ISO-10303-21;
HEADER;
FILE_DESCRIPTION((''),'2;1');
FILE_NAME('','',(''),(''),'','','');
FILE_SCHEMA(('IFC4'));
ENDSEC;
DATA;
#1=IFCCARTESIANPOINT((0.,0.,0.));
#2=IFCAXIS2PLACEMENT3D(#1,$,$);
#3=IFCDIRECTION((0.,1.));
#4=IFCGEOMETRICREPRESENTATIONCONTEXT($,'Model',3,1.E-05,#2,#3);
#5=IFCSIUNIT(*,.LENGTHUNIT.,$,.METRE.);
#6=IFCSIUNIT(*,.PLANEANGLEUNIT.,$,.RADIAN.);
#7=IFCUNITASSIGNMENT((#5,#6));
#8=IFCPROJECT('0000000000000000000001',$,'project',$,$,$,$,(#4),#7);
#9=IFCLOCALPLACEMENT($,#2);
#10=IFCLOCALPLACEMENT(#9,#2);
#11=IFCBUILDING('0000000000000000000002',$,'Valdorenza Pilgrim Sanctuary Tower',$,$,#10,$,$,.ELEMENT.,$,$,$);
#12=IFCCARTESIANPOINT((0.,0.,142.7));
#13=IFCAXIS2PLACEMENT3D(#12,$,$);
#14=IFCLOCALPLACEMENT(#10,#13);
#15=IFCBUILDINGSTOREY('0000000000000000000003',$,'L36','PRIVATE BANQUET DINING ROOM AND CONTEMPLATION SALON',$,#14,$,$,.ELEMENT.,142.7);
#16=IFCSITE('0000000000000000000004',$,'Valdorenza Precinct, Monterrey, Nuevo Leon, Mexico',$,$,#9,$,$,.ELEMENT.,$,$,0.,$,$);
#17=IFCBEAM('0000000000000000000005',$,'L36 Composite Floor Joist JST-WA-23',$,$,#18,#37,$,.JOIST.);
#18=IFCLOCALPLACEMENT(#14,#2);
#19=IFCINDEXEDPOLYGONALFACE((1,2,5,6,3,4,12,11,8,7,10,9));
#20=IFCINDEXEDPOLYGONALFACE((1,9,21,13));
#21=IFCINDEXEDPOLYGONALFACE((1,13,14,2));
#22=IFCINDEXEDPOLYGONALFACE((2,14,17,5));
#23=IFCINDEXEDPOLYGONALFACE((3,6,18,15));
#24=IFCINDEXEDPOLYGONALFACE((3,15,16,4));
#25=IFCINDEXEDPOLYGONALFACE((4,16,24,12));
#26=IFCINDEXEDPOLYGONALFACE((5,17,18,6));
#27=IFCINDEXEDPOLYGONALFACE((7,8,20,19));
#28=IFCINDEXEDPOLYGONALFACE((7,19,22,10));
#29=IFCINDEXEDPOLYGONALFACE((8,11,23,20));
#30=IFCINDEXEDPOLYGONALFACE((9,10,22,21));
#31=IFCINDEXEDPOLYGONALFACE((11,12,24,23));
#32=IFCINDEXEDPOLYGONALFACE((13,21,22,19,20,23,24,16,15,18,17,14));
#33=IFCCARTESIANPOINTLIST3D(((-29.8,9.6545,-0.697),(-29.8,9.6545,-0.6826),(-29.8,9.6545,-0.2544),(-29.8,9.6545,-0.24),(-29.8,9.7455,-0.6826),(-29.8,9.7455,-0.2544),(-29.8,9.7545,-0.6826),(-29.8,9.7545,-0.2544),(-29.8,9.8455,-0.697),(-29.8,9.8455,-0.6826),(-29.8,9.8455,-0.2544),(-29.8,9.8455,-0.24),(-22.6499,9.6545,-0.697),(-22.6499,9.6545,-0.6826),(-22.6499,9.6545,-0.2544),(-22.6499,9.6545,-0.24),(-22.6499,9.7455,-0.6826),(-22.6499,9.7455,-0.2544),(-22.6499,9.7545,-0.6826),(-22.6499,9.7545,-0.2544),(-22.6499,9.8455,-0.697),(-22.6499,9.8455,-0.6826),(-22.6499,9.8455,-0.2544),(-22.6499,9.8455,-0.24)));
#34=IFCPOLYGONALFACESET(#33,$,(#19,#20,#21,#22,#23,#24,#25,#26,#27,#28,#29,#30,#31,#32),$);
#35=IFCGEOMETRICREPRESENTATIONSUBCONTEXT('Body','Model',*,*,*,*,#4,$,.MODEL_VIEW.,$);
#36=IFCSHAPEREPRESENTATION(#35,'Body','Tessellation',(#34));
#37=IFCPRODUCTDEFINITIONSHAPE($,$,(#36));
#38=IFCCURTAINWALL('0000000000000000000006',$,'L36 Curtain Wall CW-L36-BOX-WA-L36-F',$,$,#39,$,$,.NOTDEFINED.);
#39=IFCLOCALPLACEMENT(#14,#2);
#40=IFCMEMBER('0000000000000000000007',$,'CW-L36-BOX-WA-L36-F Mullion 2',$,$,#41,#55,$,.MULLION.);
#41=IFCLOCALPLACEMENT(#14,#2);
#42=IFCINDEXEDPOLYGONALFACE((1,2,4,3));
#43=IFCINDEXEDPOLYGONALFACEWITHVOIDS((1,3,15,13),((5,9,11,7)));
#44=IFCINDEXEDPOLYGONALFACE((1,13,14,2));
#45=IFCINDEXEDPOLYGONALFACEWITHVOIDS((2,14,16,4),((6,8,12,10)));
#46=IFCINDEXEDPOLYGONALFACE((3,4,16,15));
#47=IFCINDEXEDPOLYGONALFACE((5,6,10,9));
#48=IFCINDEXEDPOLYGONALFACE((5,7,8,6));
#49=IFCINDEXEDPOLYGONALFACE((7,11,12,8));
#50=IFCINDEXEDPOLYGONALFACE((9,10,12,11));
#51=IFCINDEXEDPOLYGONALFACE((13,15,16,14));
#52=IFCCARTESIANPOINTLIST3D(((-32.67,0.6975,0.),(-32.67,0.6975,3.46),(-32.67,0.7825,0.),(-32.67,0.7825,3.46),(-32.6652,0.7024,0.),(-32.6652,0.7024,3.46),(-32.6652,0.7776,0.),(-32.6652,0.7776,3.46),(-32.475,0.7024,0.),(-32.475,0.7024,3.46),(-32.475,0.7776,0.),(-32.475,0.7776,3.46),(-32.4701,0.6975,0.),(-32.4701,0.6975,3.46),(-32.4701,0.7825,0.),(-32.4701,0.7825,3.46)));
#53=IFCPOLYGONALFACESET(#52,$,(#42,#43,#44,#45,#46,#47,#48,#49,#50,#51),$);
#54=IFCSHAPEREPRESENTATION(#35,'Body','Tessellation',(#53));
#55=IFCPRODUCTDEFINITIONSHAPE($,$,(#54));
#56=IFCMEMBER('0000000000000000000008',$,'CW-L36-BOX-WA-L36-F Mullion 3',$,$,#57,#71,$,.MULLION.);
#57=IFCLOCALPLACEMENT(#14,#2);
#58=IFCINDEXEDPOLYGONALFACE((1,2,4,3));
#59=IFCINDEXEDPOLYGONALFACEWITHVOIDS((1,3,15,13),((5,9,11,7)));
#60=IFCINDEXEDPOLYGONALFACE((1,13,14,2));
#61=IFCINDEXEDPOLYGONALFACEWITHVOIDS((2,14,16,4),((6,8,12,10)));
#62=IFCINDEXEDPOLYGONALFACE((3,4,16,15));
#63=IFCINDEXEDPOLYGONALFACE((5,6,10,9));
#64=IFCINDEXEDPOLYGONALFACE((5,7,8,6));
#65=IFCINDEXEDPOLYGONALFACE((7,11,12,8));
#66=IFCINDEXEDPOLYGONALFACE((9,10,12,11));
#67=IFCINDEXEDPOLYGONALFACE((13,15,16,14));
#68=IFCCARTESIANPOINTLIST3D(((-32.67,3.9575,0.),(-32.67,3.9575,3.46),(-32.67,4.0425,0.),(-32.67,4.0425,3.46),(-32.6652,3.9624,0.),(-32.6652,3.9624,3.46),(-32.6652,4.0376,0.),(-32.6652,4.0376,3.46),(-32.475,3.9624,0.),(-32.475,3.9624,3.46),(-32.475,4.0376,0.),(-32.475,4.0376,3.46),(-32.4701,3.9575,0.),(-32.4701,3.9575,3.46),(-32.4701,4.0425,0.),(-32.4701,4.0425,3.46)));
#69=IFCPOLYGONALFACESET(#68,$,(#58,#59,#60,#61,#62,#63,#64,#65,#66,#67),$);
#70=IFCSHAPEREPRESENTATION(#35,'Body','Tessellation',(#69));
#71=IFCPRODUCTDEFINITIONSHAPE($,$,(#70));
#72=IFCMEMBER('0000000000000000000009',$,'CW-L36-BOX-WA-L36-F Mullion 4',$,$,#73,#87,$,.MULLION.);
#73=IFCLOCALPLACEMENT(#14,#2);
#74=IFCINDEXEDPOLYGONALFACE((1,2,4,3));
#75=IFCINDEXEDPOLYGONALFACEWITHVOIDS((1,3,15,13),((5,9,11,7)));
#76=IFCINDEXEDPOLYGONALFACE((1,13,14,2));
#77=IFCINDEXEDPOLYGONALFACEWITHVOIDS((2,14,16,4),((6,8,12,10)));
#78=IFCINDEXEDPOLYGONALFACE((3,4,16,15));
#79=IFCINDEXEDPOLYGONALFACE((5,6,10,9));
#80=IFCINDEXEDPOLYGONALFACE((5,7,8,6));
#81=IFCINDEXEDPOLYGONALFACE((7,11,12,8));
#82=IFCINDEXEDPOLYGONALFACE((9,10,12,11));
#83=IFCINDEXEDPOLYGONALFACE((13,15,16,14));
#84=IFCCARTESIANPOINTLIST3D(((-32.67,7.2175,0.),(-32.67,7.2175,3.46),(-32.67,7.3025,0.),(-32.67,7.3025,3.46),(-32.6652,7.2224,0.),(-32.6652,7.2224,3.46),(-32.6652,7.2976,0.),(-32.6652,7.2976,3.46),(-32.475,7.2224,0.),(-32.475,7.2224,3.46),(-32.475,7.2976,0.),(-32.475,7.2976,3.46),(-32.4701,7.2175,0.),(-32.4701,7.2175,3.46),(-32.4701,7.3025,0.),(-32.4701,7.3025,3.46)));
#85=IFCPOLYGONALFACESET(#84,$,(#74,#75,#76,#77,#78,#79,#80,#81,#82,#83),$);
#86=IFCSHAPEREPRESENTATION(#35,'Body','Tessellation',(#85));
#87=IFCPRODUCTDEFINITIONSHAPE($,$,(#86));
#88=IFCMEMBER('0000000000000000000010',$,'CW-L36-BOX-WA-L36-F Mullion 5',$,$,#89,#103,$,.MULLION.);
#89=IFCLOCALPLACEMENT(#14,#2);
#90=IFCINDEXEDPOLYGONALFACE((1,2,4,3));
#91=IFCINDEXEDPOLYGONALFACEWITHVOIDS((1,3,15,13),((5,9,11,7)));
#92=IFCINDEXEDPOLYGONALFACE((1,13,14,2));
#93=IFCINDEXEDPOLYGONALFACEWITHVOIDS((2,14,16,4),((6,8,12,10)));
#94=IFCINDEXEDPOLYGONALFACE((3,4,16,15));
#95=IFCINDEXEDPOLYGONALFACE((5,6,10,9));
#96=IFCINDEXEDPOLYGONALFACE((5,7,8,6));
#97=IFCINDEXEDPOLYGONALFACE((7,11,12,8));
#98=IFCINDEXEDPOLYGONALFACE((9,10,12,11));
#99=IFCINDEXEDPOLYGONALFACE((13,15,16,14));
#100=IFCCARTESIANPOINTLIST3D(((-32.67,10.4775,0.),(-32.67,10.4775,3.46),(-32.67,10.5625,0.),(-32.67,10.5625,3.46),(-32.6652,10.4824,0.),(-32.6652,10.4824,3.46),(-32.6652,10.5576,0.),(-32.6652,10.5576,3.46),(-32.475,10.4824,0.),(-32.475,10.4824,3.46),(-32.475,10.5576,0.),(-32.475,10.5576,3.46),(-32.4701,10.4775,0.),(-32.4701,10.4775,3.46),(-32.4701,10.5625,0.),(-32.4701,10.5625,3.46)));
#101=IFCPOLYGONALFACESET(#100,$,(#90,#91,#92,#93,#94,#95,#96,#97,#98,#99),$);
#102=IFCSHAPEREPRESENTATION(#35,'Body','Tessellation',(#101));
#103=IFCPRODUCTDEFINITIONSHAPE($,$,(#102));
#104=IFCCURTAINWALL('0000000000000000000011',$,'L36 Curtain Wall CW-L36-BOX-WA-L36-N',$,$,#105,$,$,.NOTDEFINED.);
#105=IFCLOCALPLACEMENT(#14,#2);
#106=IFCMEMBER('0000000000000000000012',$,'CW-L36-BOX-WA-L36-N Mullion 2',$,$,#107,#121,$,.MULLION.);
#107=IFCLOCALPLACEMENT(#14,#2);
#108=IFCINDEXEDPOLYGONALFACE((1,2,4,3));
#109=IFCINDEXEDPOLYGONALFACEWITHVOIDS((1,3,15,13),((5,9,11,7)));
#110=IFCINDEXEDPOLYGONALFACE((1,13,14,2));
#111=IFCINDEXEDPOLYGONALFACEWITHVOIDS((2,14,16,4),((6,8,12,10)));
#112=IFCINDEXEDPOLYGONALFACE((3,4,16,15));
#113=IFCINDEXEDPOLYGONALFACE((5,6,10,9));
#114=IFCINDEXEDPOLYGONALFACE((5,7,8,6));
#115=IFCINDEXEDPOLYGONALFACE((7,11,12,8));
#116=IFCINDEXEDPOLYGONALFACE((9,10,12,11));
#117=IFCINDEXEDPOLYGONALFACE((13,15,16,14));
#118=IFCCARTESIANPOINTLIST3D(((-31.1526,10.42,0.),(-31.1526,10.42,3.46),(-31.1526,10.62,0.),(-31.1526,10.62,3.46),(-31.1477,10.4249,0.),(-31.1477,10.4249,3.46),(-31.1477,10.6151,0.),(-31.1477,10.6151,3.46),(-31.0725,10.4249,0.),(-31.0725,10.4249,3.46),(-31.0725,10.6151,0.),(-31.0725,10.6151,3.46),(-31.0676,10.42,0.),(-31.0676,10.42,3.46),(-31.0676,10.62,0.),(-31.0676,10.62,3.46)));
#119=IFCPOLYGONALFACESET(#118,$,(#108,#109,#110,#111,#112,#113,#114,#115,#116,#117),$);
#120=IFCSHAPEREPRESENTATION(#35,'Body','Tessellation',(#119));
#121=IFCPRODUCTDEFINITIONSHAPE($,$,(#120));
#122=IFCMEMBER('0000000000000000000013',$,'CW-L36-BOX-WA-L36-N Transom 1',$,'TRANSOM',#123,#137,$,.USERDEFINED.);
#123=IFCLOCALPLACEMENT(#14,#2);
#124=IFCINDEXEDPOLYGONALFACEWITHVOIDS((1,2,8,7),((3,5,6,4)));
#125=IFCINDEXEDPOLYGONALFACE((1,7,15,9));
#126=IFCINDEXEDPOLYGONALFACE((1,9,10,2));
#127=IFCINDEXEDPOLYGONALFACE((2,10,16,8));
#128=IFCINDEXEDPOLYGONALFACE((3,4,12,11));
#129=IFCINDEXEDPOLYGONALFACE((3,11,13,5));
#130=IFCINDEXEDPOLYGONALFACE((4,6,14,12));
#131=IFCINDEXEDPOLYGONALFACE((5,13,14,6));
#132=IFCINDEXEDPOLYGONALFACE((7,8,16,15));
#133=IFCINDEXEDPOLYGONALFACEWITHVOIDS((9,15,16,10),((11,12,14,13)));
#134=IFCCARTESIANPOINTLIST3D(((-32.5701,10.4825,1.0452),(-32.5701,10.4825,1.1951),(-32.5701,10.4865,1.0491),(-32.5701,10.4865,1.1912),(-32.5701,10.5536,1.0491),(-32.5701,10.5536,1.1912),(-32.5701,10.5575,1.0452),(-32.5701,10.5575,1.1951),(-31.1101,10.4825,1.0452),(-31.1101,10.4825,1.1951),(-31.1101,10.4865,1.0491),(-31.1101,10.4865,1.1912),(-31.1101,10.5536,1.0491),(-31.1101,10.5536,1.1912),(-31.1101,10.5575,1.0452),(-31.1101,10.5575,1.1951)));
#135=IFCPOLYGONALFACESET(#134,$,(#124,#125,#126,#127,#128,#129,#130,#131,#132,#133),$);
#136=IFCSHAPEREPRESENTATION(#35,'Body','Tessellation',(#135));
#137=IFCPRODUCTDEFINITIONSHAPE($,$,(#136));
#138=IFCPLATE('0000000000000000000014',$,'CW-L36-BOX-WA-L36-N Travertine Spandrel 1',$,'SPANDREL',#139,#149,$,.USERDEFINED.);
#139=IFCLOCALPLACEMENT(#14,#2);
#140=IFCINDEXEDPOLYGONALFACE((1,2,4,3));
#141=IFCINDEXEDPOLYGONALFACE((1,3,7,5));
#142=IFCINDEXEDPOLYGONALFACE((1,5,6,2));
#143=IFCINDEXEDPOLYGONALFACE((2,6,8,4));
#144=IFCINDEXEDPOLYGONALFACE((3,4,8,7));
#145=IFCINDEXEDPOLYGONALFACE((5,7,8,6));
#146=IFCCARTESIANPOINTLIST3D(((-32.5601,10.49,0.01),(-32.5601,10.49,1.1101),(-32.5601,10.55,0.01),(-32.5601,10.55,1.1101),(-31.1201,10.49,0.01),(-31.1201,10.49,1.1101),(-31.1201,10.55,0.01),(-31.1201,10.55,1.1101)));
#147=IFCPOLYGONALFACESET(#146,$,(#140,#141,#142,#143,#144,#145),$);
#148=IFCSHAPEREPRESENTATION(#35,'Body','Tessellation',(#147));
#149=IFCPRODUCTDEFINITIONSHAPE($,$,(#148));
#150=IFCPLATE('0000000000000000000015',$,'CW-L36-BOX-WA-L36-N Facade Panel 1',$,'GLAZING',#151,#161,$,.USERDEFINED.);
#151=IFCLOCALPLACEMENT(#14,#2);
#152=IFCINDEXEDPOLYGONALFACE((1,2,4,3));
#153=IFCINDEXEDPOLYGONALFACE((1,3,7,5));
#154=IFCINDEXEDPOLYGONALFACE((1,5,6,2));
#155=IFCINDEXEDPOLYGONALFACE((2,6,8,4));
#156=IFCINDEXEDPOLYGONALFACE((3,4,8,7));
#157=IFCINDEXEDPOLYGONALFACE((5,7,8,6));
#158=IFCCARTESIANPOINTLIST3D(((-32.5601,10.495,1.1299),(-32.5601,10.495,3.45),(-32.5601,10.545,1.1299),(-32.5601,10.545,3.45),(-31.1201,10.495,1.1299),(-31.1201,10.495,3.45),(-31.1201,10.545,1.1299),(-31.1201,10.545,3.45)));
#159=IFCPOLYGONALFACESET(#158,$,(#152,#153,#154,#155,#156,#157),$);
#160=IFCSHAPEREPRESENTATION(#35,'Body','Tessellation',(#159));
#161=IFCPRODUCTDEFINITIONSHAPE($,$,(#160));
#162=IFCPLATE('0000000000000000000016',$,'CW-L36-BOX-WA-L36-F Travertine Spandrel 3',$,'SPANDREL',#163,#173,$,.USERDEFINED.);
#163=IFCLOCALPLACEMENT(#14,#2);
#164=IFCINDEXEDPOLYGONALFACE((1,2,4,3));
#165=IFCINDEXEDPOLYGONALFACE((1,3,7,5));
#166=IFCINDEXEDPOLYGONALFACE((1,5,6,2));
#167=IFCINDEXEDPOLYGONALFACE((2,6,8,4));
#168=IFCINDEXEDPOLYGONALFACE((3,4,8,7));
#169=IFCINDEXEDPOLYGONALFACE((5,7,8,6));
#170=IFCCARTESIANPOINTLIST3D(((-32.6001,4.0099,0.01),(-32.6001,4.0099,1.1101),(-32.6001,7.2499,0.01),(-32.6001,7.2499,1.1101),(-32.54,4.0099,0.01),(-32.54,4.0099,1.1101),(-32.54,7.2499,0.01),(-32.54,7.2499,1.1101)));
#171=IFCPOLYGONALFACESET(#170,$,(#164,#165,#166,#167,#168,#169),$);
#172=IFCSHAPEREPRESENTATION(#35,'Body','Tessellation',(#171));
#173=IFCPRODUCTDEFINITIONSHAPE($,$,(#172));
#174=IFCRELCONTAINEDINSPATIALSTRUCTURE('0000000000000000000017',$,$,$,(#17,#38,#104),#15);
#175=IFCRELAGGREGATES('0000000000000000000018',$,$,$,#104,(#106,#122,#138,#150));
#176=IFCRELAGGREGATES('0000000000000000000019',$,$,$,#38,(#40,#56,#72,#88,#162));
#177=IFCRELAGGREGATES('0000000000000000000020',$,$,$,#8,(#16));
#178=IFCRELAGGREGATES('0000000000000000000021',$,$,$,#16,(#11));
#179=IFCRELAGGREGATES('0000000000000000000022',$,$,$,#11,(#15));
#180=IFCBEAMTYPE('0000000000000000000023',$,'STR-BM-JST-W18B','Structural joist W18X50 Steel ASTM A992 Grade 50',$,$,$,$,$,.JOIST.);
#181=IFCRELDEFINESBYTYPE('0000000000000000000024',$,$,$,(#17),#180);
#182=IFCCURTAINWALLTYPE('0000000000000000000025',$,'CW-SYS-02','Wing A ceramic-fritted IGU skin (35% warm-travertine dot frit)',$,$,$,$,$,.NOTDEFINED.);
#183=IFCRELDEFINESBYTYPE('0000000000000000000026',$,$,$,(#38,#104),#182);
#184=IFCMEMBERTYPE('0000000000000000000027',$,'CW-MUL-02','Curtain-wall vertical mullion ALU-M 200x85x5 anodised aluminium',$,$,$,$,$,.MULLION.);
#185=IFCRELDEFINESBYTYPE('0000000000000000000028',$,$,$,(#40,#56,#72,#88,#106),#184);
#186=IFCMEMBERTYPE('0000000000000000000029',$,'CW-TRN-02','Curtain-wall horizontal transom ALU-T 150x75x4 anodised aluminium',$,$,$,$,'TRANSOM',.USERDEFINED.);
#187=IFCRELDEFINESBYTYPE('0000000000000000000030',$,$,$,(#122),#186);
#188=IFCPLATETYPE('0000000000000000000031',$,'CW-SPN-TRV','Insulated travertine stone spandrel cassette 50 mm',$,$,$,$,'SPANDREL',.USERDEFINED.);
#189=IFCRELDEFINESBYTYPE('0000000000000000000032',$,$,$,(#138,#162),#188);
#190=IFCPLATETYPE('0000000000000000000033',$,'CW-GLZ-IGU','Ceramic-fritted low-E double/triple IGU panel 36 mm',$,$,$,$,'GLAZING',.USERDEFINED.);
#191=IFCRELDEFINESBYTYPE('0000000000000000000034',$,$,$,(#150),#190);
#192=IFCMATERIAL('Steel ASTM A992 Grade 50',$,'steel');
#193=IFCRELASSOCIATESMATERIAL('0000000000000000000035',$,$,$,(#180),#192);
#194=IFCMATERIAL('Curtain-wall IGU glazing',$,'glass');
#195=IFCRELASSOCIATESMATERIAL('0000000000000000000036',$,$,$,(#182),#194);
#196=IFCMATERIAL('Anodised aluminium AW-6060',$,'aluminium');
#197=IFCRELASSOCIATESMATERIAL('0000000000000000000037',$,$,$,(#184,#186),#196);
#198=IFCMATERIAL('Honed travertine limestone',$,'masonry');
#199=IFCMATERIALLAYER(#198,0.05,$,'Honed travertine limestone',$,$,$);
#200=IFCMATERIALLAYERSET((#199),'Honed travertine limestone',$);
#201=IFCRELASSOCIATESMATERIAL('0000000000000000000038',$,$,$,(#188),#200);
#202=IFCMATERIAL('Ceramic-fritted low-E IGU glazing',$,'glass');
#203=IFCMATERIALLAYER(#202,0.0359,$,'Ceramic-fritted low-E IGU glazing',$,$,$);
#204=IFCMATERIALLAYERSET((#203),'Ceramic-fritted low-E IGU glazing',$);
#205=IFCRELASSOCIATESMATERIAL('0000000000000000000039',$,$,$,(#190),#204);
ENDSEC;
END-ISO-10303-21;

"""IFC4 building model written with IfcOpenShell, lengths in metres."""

from ifc_helpers import new_model, si_unit, direction, frame, origin, origin_2d, place, context, subcontext, project, spatial, rectangle, hollow_rectangle, i_section, extrude, source, transform, mapped, material, layer, layer_set, material_profile, profile_set, type_object, element, aggregate, save


model = new_model("IFC4")

# Units and contexts
model_context = context("Model", 3, precision=1e-05, world=origin(), true_north=direction((0.0, 1.0)))
body_context = subcontext(model_context, "Body", "Model", "MODEL_VIEW")
ifc_project = project(units=[si_unit("LENGTHUNIT", "METRE"), si_unit("PLANEANGLEUNIT", "RADIAN")], contexts=[model_context])

# Site, building, storey
site_placement = place(None, origin())
site = spatial("IfcSite", under=ifc_project, at=site_placement, Name="Valdorenza Precinct, Monterrey, Nuevo Leon, Mexico", CompositionType="ELEMENT", RefElevation=0.0)
building_placement = place(site_placement, origin())
building = spatial("IfcBuilding", under=site, at=building_placement, Name="Valdorenza Pilgrim Sanctuary Tower", CompositionType="ELEMENT")
storey_placement = place(building_placement, frame((0.0, 0.0, 142.7)))
storey = spatial("IfcBuildingStorey", under=building, at=storey_placement, Name="L36", Description="PRIVATE BANQUET DINING ROOM AND CONTEMPLATION SALON", CompositionType="ELEMENT", Elevation=142.7)

# Beam
ifc_material_1 = material(Name="Steel ASTM A992 Grade 50", Category="steel")
ifc_material_profile_1 = material_profile(ifc_material_1, i_section(OverallWidth=0.1909, OverallDepth=0.457, WebThickness=0.009, FlangeThickness=0.0144, at=origin_2d()), Name="W18X50")
ifc_profile_set_1 = profile_set([ifc_material_profile_1], Name="Steel ASTM A992 Grade 50")
beam_type = type_object("IfcBeamType", Name="STR-BM-JST-W18B", Description="Structural joist W18X50 Steel ASTM A992 Grade 50", PredefinedType="JOIST", material=ifc_profile_set_1)
shared_shape_1 = source(origin(), body_context, "Body", "SweptSolid", [
    extrude(i_section(OverallWidth=0.1909, OverallDepth=0.457, WebThickness=0.009, FlangeThickness=0.0144, at=origin_2d()), origin(), (0.0, 0.0, 1.0), 7.1501),
])
for number, where, z_axis, x_axis, name in (
    (1, (-29.8, 9.75, -0.4685), (1.0, 0.0, 0.0), (0.0, 1.0, 0.0), "L36 Composite Floor Joist JST-WA-23"),
):
    element("IfcBeam", number, at=place(storey_placement, frame(where, z_axis=z_axis, x_axis=x_axis)), inside=storey, type_object=beam_type, Name=name, PredefinedType="JOIST", context=body_context, shape_type="MappedRepresentation", body=[
        mapped(shared_shape_1, transform((0.0, 0.0, 0.0), x_axis=(1.0, 0.0, 0.0), y_axis=(0.0, 1.0, 0.0), z_axis=(0.0, 0.0, 1.0), scale=1.0)),
    ])

# Curtain wall, members
ifc_material_2 = material(Name="Curtain-wall IGU glazing", Category="glass")
curtain_wall_type = type_object("IfcCurtainWallType", Name="CW-SYS-02", Description="Wing A ceramic-fritted IGU skin (35% warm-travertine dot frit)", PredefinedType="NOTDEFINED", material=ifc_material_2)
curtain_wall_1_placement = place(storey_placement, origin())
curtain_wall_1 = element("IfcCurtainWall", 2, at=curtain_wall_1_placement, inside=storey, type_object=curtain_wall_type, Name="L36 Curtain Wall CW-L36-BOX-WA-L36-F", PredefinedType="NOTDEFINED")
ifc_material_3 = material(Name="Anodised aluminium AW-6060", Category="aluminium")
ifc_material_profile_2 = material_profile(ifc_material_3, hollow_rectangle(XDim=0.085, YDim=0.2, WallThickness=0.0049, at=origin_2d()), Name="ALU-M 200x85x5")
ifc_profile_set_2 = profile_set([ifc_material_profile_2], Name="Anodised aluminium AW-6060")
member_type_1 = type_object("IfcMemberType", Name="CW-MUL-02", Description="Curtain-wall vertical mullion ALU-M 200x85x5 anodised aluminium", PredefinedType="MULLION", material=ifc_profile_set_2)
shared_shape_2 = source(origin(), body_context, "Body", "SweptSolid", [
    extrude(hollow_rectangle(XDim=0.085, YDim=0.2, WallThickness=0.0049, at=origin_2d()), origin(), (0.0, 0.0, 1.0), 3.46),
])
member_1_placement = place(storey_placement, frame((-32.5701, 0.74, 0.0), z_axis=(0.0, 0.0, 1.0), x_axis=(0.0, 1.0, 0.0)))
member_1 = element("IfcMember", 3, at=member_1_placement, type_object=member_type_1, Name="CW-L36-BOX-WA-L36-F Mullion 2", PredefinedType="MULLION", context=body_context, shape_type="MappedRepresentation", body=[
    mapped(shared_shape_2, transform((0.0, 0.0, 0.0), x_axis=(1.0, 0.0, 0.0), y_axis=(0.0, 1.0, 0.0), z_axis=(0.0, 0.0, 1.0), scale=1.0)),
])
member_2_placement = place(storey_placement, frame((-32.5701, 4.0, 0.0), z_axis=(0.0, 0.0, 1.0), x_axis=(0.0, 1.0, 0.0)))
member_2 = element("IfcMember", 4, at=member_2_placement, type_object=member_type_1, Name="CW-L36-BOX-WA-L36-F Mullion 3", PredefinedType="MULLION", context=body_context, shape_type="MappedRepresentation", body=[
    mapped(shared_shape_2, transform((0.0, 0.0, 0.0), x_axis=(1.0, 0.0, 0.0), y_axis=(0.0, 1.0, 0.0), z_axis=(0.0, 0.0, 1.0), scale=1.0)),
])
member_3_placement = place(storey_placement, frame((-32.5701, 7.26, 0.0), z_axis=(0.0, 0.0, 1.0), x_axis=(0.0, 1.0, 0.0)))
member_3 = element("IfcMember", 5, at=member_3_placement, type_object=member_type_1, Name="CW-L36-BOX-WA-L36-F Mullion 4", PredefinedType="MULLION", context=body_context, shape_type="MappedRepresentation", body=[
    mapped(shared_shape_2, transform((0.0, 0.0, 0.0), x_axis=(1.0, 0.0, 0.0), y_axis=(0.0, 1.0, 0.0), z_axis=(0.0, 0.0, 1.0), scale=1.0)),
])
member_4_placement = place(storey_placement, frame((-32.5701, 10.52, 0.0), z_axis=(0.0, 0.0, 1.0), x_axis=(0.0, 1.0, 0.0)))
member_4 = element("IfcMember", 6, at=member_4_placement, type_object=member_type_1, Name="CW-L36-BOX-WA-L36-F Mullion 5", PredefinedType="MULLION", context=body_context, shape_type="MappedRepresentation", body=[
    mapped(shared_shape_2, transform((0.0, 0.0, 0.0), x_axis=(1.0, 0.0, 0.0), y_axis=(0.0, 1.0, 0.0), z_axis=(0.0, 0.0, 1.0), scale=1.0)),
])

# Curtain wall, members, plates
curtain_wall_2_placement = place(storey_placement, origin())
curtain_wall_2 = element("IfcCurtainWall", 7, at=curtain_wall_2_placement, inside=storey, type_object=curtain_wall_type, Name="L36 Curtain Wall CW-L36-BOX-WA-L36-N", PredefinedType="NOTDEFINED")
member_5_placement = place(storey_placement, frame((-31.1101, 10.52, 0.0), z_axis=(0.0, 0.0, 1.0), x_axis=(1.0, 0.0, 0.0)))
member_5 = element("IfcMember", 8, at=member_5_placement, type_object=member_type_1, Name="CW-L36-BOX-WA-L36-N Mullion 2", PredefinedType="MULLION", context=body_context, shape_type="MappedRepresentation", body=[
    mapped(shared_shape_2, transform((0.0, 0.0, 0.0), x_axis=(1.0, 0.0, 0.0), y_axis=(0.0, 1.0, 0.0), z_axis=(0.0, 0.0, 1.0), scale=1.0)),
])
ifc_material_profile_3 = material_profile(ifc_material_3, hollow_rectangle(XDim=0.075, YDim=0.1499, WallThickness=0.0039, at=origin_2d()), Name="ALU-T 150x75x4")
ifc_profile_set_3 = profile_set([ifc_material_profile_3], Name="Anodised aluminium AW-6060")
member_type_2 = type_object("IfcMemberType", Name="CW-TRN-02", Description="Curtain-wall horizontal transom ALU-T 150x75x4 anodised aluminium", ElementType="TRANSOM", PredefinedType="USERDEFINED", material=ifc_profile_set_3)
shared_shape_3 = source(origin(), body_context, "Body", "SweptSolid", [
    extrude(hollow_rectangle(XDim=0.075, YDim=0.1499, WallThickness=0.0039, at=origin_2d()), origin(), (0.0, 0.0, 1.0), 1.46),
])
member_6_placement = place(storey_placement, frame((-32.5701, 10.52, 1.1201), z_axis=(1.0, 0.0, 0.0), x_axis=(0.0, 1.0, 0.0)))
member_6 = element("IfcMember", 9, at=member_6_placement, type_object=member_type_2, Name="CW-L36-BOX-WA-L36-N Transom 1", ObjectType="TRANSOM", PredefinedType="USERDEFINED", context=body_context, shape_type="MappedRepresentation", body=[
    mapped(shared_shape_3, transform((0.0, 0.0, 0.0), x_axis=(1.0, 0.0, 0.0), y_axis=(0.0, 1.0, 0.0), z_axis=(0.0, 0.0, 1.0), scale=1.0)),
])
ifc_material_4 = material(Name="Honed travertine limestone", Category="masonry")
ifc_layer_1 = layer(ifc_material_4, 0.05, Name="Honed travertine limestone")
ifc_layer_set_1 = layer_set([ifc_layer_1], Name="Honed travertine limestone")
plate_type_1 = type_object("IfcPlateType", Name="CW-SPN-TRV", Description="Insulated travertine stone spandrel cassette 50 mm", ElementType="SPANDREL", PredefinedType="USERDEFINED", material=ifc_layer_set_1)
shared_shape_4 = source(origin(), body_context, "Body", "SweptSolid", [
    extrude(rectangle(XDim=1.4399, YDim=0.0601, at=origin_2d()), origin(), (0.0, 0.0, 1.0), 1.1001),
])
plate_1_placement = place(storey_placement, frame((-31.8401, 10.52, 0.01), z_axis=(0.0, 0.0, 1.0), x_axis=(1.0, 0.0, 0.0)))
plate_1 = element("IfcPlate", 10, at=plate_1_placement, type_object=plate_type_1, Name="CW-L36-BOX-WA-L36-N Travertine Spandrel 1", ObjectType="SPANDREL", PredefinedType="USERDEFINED", context=body_context, shape_type="MappedRepresentation", body=[
    mapped(shared_shape_4, transform((0.0, 0.0, 0.0), x_axis=(1.0, 0.0, 0.0), y_axis=(0.0, 1.0, 0.0), z_axis=(0.0, 0.0, 1.0), scale=1.0)),
])
ifc_material_5 = material(Name="Ceramic-fritted low-E IGU glazing", Category="glass")
ifc_layer_2 = layer(ifc_material_5, 0.0359, Name="Ceramic-fritted low-E IGU glazing")
ifc_layer_set_2 = layer_set([ifc_layer_2], Name="Ceramic-fritted low-E IGU glazing")
plate_type_2 = type_object("IfcPlateType", Name="CW-GLZ-IGU", Description="Ceramic-fritted low-E double/triple IGU panel 36 mm", ElementType="GLAZING", PredefinedType="USERDEFINED", material=ifc_layer_set_2)
shared_shape_5 = source(origin(), body_context, "Body", "SweptSolid", [
    extrude(rectangle(XDim=1.4399, YDim=0.05, at=origin_2d()), origin(), (0.0, 0.0, 1.0), 2.3201),
])
plate_2_placement = place(storey_placement, frame((-31.8401, 10.52, 1.1299), z_axis=(0.0, 0.0, 1.0), x_axis=(1.0, 0.0, 0.0)))
plate_2 = element("IfcPlate", 11, at=plate_2_placement, type_object=plate_type_2, Name="CW-L36-BOX-WA-L36-N Facade Panel 1", ObjectType="GLAZING", PredefinedType="USERDEFINED", context=body_context, shape_type="MappedRepresentation", body=[
    mapped(shared_shape_5, transform((0.0, 0.0, 0.0), x_axis=(1.0, 0.0, 0.0), y_axis=(0.0, 1.0, 0.0), z_axis=(0.0, 0.0, 1.0), scale=1.0)),
])
aggregate(curtain_wall_2, [member_5, member_6, plate_1, plate_2])

# Plate
shared_shape_6 = source(origin(), body_context, "Body", "SweptSolid", [
    extrude(rectangle(XDim=3.24, YDim=0.0601, at=origin_2d()), origin(), (0.0, 0.0, 1.0), 1.1001),
])
plate_3_placement = place(storey_placement, frame((-32.5701, 5.6299, 0.01), z_axis=(0.0, 0.0, 1.0), x_axis=(0.0, 1.0, 0.0)))
plate_3 = element("IfcPlate", 12, at=plate_3_placement, type_object=plate_type_1, Name="CW-L36-BOX-WA-L36-F Travertine Spandrel 3", ObjectType="SPANDREL", PredefinedType="USERDEFINED", context=body_context, shape_type="MappedRepresentation", body=[
    mapped(shared_shape_6, transform((0.0, 0.0, 0.0), x_axis=(1.0, 0.0, 0.0), y_axis=(0.0, 1.0, 0.0), z_axis=(0.0, 0.0, 1.0), scale=1.0)),
])
aggregate(curtain_wall_1, [member_1, member_2, member_3, member_4, plate_3])

save(model, "model.ifc")
